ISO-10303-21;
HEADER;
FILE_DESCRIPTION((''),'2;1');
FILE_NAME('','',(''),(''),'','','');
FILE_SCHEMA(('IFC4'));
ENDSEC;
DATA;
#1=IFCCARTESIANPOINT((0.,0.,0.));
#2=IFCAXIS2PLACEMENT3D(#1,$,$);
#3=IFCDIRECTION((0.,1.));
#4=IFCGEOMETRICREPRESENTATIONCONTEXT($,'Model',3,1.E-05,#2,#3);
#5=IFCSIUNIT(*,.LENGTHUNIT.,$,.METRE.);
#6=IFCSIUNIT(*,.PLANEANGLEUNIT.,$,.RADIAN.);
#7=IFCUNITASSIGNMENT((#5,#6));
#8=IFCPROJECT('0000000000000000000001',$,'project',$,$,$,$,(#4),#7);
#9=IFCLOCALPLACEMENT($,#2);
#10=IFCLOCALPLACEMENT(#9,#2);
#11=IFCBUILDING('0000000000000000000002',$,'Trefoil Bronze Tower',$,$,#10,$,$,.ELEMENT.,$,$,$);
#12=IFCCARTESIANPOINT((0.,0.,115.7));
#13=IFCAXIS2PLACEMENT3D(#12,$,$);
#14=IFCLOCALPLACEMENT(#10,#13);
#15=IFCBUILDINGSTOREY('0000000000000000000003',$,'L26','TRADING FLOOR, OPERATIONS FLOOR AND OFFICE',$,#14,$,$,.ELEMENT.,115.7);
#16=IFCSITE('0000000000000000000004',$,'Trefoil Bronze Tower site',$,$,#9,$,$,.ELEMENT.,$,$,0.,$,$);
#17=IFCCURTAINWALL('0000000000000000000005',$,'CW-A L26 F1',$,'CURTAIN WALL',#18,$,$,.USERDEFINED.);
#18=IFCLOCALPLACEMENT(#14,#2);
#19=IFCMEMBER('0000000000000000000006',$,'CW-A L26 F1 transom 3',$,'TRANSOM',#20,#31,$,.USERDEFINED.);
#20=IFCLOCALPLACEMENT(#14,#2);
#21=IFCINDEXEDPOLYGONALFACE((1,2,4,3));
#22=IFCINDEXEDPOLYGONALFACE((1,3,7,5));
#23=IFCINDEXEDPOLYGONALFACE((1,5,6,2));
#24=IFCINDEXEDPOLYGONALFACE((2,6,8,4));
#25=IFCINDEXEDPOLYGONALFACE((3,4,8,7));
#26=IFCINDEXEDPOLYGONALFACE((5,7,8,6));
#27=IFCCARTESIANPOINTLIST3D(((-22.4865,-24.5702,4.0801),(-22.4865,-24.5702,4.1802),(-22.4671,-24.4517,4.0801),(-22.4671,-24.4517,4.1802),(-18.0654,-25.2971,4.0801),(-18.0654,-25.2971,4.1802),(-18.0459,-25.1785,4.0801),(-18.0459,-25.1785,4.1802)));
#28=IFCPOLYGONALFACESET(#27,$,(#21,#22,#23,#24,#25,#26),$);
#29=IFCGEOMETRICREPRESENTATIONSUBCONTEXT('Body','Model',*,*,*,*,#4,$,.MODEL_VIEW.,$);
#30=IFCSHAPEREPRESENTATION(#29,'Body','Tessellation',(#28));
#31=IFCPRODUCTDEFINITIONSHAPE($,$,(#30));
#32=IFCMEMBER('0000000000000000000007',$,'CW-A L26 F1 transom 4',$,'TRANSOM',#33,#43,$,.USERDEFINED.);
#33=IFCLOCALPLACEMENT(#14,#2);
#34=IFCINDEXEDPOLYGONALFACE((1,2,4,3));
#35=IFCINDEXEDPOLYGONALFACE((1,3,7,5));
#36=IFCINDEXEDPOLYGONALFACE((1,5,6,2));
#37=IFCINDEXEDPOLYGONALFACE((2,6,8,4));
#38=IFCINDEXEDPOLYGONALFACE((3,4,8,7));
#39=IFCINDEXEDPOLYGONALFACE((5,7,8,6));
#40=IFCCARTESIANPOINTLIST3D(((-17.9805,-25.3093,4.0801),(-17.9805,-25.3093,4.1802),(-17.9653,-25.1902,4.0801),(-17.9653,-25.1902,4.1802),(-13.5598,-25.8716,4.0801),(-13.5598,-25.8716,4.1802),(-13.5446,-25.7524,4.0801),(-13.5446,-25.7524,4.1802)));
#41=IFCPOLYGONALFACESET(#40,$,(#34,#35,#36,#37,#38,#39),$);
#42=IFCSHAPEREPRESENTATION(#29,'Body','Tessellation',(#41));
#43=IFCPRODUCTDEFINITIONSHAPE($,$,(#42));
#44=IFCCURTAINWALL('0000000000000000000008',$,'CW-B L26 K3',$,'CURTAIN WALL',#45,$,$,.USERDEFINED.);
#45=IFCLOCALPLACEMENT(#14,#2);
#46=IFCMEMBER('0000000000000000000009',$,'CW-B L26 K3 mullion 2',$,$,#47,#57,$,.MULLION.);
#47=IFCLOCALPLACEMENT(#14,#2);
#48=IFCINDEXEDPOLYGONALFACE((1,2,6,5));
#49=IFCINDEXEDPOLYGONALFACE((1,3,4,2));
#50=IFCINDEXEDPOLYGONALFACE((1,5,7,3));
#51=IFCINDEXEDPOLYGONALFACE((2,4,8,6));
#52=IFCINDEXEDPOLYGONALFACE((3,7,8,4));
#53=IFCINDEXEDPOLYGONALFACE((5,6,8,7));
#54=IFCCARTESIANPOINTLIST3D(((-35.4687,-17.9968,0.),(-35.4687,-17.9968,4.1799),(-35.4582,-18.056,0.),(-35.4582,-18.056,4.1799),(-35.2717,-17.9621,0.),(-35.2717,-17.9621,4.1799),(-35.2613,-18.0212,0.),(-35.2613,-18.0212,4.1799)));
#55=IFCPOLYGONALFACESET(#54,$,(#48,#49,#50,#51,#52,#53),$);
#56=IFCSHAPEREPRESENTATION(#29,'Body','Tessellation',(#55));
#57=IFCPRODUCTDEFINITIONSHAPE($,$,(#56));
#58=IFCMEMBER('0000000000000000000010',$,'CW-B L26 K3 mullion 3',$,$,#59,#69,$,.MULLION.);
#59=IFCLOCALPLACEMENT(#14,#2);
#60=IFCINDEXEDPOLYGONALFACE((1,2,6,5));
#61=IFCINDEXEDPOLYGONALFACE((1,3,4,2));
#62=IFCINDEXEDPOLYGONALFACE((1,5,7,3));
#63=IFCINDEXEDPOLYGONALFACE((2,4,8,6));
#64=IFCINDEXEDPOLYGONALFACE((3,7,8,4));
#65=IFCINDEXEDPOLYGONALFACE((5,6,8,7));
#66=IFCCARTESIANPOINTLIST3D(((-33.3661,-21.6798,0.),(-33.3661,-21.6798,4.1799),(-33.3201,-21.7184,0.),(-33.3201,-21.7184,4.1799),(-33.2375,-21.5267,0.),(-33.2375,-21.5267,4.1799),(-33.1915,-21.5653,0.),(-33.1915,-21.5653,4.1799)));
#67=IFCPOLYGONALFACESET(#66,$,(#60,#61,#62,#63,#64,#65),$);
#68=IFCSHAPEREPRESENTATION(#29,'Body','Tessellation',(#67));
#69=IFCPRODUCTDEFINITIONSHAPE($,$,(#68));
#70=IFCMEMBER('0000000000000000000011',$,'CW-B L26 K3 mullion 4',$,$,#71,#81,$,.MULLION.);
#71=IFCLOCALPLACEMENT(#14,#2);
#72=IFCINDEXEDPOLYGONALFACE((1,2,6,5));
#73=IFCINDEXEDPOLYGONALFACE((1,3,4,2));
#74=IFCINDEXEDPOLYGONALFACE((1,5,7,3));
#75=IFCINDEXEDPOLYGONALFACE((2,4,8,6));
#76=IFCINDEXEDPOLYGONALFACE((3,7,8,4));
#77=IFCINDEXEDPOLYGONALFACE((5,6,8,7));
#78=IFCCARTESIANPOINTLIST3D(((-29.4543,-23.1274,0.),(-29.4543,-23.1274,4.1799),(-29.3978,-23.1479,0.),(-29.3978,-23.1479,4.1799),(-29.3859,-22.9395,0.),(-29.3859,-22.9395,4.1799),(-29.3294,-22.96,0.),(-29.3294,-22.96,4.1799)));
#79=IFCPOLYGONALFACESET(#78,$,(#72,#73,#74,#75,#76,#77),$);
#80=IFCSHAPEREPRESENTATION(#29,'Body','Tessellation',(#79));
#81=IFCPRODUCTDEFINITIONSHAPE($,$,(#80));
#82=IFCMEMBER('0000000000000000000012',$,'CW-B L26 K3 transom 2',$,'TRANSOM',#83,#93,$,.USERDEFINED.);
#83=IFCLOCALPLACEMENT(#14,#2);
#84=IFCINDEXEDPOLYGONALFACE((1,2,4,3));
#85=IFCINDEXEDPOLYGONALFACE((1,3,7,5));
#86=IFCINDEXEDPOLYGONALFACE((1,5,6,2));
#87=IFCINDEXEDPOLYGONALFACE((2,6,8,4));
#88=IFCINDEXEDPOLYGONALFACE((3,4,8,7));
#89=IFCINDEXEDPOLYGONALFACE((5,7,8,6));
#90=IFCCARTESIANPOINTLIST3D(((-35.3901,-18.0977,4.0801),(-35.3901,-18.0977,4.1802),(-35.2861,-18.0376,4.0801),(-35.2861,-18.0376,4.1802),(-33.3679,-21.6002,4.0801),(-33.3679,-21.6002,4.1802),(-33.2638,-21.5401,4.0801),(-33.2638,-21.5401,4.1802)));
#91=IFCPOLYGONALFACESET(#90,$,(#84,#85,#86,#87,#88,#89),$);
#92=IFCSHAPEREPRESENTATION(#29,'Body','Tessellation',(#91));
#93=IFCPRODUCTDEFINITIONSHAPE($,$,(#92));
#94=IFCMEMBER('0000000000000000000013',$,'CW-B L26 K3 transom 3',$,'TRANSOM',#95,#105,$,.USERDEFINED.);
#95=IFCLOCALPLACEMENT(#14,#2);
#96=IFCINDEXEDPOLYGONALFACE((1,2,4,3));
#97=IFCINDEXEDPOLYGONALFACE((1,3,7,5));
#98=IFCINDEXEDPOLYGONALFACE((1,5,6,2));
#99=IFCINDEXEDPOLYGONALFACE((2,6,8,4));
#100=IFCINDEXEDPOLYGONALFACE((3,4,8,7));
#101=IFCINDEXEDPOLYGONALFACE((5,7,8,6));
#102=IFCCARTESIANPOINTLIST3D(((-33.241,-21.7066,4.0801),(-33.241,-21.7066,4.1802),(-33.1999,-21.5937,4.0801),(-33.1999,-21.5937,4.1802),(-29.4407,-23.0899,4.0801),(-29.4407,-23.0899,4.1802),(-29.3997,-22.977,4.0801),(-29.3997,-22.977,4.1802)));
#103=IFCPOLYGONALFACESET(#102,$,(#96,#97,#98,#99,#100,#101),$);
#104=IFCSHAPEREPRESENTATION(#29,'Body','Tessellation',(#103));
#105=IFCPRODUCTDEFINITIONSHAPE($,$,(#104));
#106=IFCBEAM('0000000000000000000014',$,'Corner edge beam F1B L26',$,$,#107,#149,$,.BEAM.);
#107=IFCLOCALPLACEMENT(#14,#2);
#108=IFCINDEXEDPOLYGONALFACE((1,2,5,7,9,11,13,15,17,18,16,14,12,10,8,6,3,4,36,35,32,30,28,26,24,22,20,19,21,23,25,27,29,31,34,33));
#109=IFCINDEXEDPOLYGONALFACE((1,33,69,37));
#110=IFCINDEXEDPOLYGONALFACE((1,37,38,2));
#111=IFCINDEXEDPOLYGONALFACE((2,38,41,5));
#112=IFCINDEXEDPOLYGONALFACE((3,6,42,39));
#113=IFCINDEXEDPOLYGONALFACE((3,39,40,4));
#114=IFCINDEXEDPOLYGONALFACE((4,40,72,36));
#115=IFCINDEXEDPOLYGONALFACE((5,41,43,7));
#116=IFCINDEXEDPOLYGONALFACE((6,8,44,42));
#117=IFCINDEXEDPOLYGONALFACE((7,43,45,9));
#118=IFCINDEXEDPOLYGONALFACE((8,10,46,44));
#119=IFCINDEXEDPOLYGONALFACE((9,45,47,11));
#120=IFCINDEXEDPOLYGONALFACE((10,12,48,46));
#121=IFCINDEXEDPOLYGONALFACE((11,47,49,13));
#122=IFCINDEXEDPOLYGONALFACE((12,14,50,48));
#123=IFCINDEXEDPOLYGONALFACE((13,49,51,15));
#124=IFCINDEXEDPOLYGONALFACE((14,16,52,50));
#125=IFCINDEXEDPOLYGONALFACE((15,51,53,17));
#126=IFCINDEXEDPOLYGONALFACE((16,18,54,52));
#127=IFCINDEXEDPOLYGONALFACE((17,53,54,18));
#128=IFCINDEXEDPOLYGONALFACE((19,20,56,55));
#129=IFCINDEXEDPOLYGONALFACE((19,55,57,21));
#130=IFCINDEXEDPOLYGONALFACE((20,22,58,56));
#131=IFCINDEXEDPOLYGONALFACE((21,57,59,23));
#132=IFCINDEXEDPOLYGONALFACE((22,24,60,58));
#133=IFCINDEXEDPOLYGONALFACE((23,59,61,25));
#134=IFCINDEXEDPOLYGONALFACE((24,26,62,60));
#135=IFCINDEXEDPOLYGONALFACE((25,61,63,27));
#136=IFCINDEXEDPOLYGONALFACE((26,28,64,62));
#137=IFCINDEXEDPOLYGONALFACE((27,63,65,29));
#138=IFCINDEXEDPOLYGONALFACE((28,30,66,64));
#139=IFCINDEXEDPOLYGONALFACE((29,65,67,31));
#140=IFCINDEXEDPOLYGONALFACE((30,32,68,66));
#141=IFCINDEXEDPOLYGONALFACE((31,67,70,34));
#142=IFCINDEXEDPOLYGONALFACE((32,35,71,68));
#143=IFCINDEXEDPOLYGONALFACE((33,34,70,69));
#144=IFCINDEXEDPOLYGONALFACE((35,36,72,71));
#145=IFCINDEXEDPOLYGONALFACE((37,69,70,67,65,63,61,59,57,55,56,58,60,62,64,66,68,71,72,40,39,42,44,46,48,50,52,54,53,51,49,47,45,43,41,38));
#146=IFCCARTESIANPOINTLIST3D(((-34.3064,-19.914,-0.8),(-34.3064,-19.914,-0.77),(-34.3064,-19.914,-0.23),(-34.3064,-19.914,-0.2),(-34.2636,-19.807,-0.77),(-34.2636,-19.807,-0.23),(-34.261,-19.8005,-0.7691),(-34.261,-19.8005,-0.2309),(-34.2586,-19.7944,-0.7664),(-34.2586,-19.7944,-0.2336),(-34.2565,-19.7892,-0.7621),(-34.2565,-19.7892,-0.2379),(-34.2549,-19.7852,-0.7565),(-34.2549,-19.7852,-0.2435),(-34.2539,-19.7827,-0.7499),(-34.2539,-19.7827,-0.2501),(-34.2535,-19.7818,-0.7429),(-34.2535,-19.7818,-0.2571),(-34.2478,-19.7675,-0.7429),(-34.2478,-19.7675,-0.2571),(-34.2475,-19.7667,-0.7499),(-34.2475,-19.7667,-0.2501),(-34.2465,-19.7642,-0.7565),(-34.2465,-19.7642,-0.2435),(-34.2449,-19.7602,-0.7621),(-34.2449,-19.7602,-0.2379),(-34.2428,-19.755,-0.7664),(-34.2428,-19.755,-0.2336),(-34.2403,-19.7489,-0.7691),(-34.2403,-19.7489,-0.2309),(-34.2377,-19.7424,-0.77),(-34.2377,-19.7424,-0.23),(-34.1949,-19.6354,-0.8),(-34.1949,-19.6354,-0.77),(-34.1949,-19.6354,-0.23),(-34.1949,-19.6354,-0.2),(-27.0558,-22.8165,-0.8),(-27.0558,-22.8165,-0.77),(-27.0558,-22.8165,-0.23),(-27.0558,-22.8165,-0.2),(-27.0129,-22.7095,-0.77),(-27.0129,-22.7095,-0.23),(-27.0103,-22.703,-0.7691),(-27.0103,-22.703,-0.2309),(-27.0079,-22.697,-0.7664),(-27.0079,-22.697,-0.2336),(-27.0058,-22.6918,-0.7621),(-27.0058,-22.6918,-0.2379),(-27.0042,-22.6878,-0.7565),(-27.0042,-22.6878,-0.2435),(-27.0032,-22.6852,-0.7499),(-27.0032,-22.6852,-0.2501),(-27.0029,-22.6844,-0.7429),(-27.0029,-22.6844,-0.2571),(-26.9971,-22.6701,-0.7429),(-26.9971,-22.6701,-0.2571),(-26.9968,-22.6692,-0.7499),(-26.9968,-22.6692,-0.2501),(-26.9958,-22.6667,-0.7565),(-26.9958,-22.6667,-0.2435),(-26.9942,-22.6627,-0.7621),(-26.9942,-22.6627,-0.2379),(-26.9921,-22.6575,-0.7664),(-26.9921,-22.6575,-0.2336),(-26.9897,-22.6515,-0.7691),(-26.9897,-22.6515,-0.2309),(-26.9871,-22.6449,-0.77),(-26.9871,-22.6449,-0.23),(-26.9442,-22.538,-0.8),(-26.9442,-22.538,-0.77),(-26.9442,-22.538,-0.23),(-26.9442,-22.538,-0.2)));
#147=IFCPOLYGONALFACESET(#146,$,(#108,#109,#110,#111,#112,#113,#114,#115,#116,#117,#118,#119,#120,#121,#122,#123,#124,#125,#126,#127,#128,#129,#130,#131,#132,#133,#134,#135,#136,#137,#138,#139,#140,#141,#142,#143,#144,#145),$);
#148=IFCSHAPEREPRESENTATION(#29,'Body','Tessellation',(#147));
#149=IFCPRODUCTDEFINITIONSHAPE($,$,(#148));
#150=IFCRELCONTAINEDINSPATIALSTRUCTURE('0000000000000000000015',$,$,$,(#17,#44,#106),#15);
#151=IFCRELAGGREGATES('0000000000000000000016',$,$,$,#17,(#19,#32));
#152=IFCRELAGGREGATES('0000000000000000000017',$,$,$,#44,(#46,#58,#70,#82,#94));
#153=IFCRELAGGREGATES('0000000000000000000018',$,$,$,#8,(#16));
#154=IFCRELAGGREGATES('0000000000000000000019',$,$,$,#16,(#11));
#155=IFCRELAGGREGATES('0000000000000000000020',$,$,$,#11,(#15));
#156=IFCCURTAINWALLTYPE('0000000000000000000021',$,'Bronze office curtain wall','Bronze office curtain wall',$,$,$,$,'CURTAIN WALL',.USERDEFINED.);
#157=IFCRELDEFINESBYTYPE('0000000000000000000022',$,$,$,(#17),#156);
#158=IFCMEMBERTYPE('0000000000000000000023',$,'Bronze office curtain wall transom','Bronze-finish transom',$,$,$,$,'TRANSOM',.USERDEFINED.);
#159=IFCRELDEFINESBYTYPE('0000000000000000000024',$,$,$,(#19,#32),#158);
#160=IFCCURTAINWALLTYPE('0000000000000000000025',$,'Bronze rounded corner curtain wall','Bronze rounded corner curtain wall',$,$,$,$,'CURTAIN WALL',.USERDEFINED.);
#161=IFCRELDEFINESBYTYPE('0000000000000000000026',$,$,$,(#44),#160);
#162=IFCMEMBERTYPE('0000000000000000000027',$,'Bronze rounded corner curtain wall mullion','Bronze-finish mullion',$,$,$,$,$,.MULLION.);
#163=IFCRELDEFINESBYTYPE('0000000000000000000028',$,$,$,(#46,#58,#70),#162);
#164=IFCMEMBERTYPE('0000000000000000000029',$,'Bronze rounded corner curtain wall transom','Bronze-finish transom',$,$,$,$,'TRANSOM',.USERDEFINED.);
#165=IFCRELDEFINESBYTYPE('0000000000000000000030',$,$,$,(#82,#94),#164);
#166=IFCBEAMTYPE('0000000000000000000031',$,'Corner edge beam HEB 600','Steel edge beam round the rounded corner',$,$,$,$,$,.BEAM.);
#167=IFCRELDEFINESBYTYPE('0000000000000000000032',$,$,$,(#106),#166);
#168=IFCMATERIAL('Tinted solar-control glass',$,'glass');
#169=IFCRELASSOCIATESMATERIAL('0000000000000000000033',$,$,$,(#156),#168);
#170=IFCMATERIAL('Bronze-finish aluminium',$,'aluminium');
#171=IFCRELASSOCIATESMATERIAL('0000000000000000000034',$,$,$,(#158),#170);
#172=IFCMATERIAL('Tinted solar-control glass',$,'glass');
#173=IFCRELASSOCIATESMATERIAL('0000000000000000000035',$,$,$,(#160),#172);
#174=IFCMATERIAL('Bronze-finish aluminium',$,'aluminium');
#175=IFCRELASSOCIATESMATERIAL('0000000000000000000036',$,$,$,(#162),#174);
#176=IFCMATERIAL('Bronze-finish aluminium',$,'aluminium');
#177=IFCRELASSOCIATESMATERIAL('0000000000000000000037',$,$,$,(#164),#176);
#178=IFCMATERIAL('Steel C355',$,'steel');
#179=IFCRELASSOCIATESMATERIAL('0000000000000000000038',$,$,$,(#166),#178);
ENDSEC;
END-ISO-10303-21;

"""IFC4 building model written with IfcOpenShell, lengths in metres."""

from ifc_helpers import new_model, si_unit, direction, frame, origin, origin_2d, place, context, subcontext, project, spatial, rectangle, i_section, extrude, material, material_profile, profile_set, type_object, element, aggregate, save


model = new_model("IFC4")

# Units and contexts
model_context = context("Model", 3, precision=1e-05, world=origin(), true_north=direction((0.0, 1.0)))
body_context = subcontext(model_context, "Body", "Model", "MODEL_VIEW")
ifc_project = project(units=[si_unit("LENGTHUNIT", "METRE"), si_unit("PLANEANGLEUNIT", "RADIAN")], contexts=[model_context])

# Site, building, storey
site_placement = place(None, origin())
site = spatial("IfcSite", under=ifc_project, at=site_placement, Name="Trefoil Bronze Tower site", CompositionType="ELEMENT", RefElevation=0.0)
building_placement = place(site_placement, origin())
building = spatial("IfcBuilding", under=site, at=building_placement, Name="Trefoil Bronze Tower", CompositionType="ELEMENT")
storey_placement = place(building_placement, frame((0.0, 0.0, 115.7)))
storey = spatial("IfcBuildingStorey", under=building, at=storey_placement, Name="L26", Description="TRADING FLOOR, OPERATIONS FLOOR AND OFFICE", CompositionType="ELEMENT", Elevation=115.7)

# Curtain walls, members
ifc_material_1 = material(Name="Tinted solar-control glass", Category="glass")
curtain_wall_type_1 = type_object("IfcCurtainWallType", Name="Bronze office curtain wall", Description="Bronze office curtain wall", ElementType="CURTAIN WALL", PredefinedType="USERDEFINED", material=ifc_material_1)
curtain_wall_1_placement = place(storey_placement, origin())
curtain_wall_1 = element("IfcCurtainWall", 1, at=curtain_wall_1_placement, inside=storey, type_object=curtain_wall_type_1, Name="CW-A L26 F1", ObjectType="CURTAIN WALL", PredefinedType="USERDEFINED")
ifc_material_2 = material(Name="Bronze-finish aluminium", Category="aluminium")
ifc_material_profile_1 = material_profile(ifc_material_2, rectangle(XDim=0.1201, YDim=0.1001, at=origin_2d()), Name="CW-A transom")
ifc_profile_set_1 = profile_set([ifc_material_profile_1], Name="Bronze-finish aluminium")
member_type_1 = type_object("IfcMemberType", Name="Bronze office curtain wall transom", Description="Bronze-finish transom", ElementType="TRANSOM", PredefinedType="USERDEFINED", material=ifc_profile_set_1)
member_1_placement = place(storey_placement, frame((-22.4768, -24.511, 4.1301), z_axis=(0.986755, -0.162216, 0.0), x_axis=(0.162216, 0.986755, 0.0)))
member_1 = element("IfcMember", 2, at=member_1_placement, type_object=member_type_1, Name="CW-A L26 F1 transom 3", ObjectType="TRANSOM", PredefinedType="USERDEFINED", context=body_context, shape_type="SweptSolid", body=[
    extrude(rectangle(XDim=0.1201, YDim=0.1001, at=origin_2d()), origin(), (0.0, 0.0, 1.0), 4.4805),
])
member_2_placement = place(storey_placement, frame((-17.9729, -25.2498, 4.1301), z_axis=(0.992008, -0.126172, 0.0), x_axis=(0.126172, 0.992008, 0.0)))
member_2 = element("IfcMember", 3, at=member_2_placement, type_object=member_type_1, Name="CW-A L26 F1 transom 4", ObjectType="TRANSOM", PredefinedType="USERDEFINED", context=body_context, shape_type="SweptSolid", body=[
    extrude(rectangle(XDim=0.1201, YDim=0.1001, at=origin_2d()), origin(), (0.0, 0.0, 1.0), 4.4563),
])
ifc_material_3 = material(Name="Tinted solar-control glass", Category="glass")
curtain_wall_type_2 = type_object("IfcCurtainWallType", Name="Bronze rounded corner curtain wall", Description="Bronze rounded corner curtain wall", ElementType="CURTAIN WALL", PredefinedType="USERDEFINED", material=ifc_material_3)
curtain_wall_2_placement = place(storey_placement, origin())
curtain_wall_2 = element("IfcCurtainWall", 4, at=curtain_wall_2_placement, inside=storey, type_object=curtain_wall_type_2, Name="CW-B L26 K3", ObjectType="CURTAIN WALL", PredefinedType="USERDEFINED")
ifc_material_4 = material(Name="Bronze-finish aluminium", Category="aluminium")
ifc_material_profile_2 = material_profile(ifc_material_4, rectangle(XDim=0.2, YDim=0.0601, at=origin_2d()), Name="CW-B mullion")
ifc_profile_set_2 = profile_set([ifc_material_profile_2], Name="Bronze-finish aluminium")
member_type_2 = type_object("IfcMemberType", Name="Bronze rounded corner curtain wall mullion", Description="Bronze-finish mullion", PredefinedType="MULLION", material=ifc_profile_set_2)
member_3_placement = place(storey_placement, frame((-35.365, -18.009, 0.0), z_axis=(0.0, 0.0, 1.0), x_axis=(0.984808, 0.173648, 0.0)))
member_3 = element("IfcMember", 5, at=member_3_placement, type_object=member_type_2, Name="CW-B L26 K3 mullion 2", PredefinedType="MULLION", context=body_context, shape_type="SweptSolid", body=[
    extrude(rectangle(XDim=0.2, YDim=0.0601, at=origin_2d()), origin(), (0.0, 0.0, 1.0), 4.1799),
])
member_4_placement = place(storey_placement, frame((-33.2788, -21.6226, 0.0), z_axis=(0.0, 0.0, 1.0), x_axis=(0.642788, 0.766044, 0.0)))
member_4 = element("IfcMember", 6, at=member_4_placement, type_object=member_type_2, Name="CW-B L26 K3 mullion 3", PredefinedType="MULLION", context=body_context, shape_type="SweptSolid", body=[
    extrude(rectangle(XDim=0.2, YDim=0.0601, at=origin_2d()), origin(), (0.0, 0.0, 1.0), 4.1799),
])
member_5_placement = place(storey_placement, frame((-29.3918, -23.0437, 0.0), z_axis=(0.0, 0.0, 1.0), x_axis=(0.34202, 0.939693, 0.0)))
member_5 = element("IfcMember", 7, at=member_5_placement, type_object=member_type_2, Name="CW-B L26 K3 mullion 4", PredefinedType="MULLION", context=body_context, shape_type="SweptSolid", body=[
    extrude(rectangle(XDim=0.2, YDim=0.0601, at=origin_2d()), origin(), (0.0, 0.0, 1.0), 4.1799),
])
ifc_material_5 = material(Name="Bronze-finish aluminium", Category="aluminium")
ifc_material_profile_3 = material_profile(ifc_material_5, rectangle(XDim=0.1201, YDim=0.1001, at=origin_2d()), Name="CW-B transom")
ifc_profile_set_3 = profile_set([ifc_material_profile_3], Name="Bronze-finish aluminium")
member_type_3 = type_object("IfcMemberType", Name="Bronze rounded corner curtain wall transom", Description="Bronze-finish transom", ElementType="TRANSOM", PredefinedType="USERDEFINED", material=ifc_profile_set_3)
member_6_placement = place(storey_placement, frame((-35.3381, -18.0676, 4.1301), z_axis=(0.500015, -0.866017, 0.0), x_axis=(0.866017, 0.500015, 0.0)))
member_6 = element("IfcMember", 8, at=member_6_placement, type_object=member_type_3, Name="CW-B L26 K3 transom 2", ObjectType="TRANSOM", PredefinedType="USERDEFINED", context=body_context, shape_type="SweptSolid", body=[
    extrude(rectangle(XDim=0.1201, YDim=0.1001, at=origin_2d()), origin(), (0.0, 0.0, 1.0), 4.0444),
])
member_7_placement = place(storey_placement, frame((-33.2205, -21.6501, 4.1301), z_axis=(0.939684, -0.342044, 0.0), x_axis=(0.342044, 0.939684, 0.0)))
member_7 = element("IfcMember", 9, at=member_7_placement, type_object=member_type_3, Name="CW-B L26 K3 transom 3", ObjectType="TRANSOM", PredefinedType="USERDEFINED", context=body_context, shape_type="SweptSolid", body=[
    extrude(rectangle(XDim=0.1201, YDim=0.1001, at=origin_2d()), origin(), (0.0, 0.0, 1.0), 4.0442),
])

# Beam
ifc_material_6 = material(Name="Steel C355", Category="steel")
ifc_material_profile_4 = material_profile(ifc_material_6, i_section(OverallWidth=0.3, OverallDepth=0.6001, WebThickness=0.0154, FlangeThickness=0.03, FilletRadius=0.0271, at=origin_2d()), Name="HEB 600")
ifc_profile_set_4 = profile_set([ifc_material_profile_4], Name="Steel C355")
beam_type_1 = type_object("IfcBeamType", Name="Corner edge beam HEB 600", Description="Steel edge beam round the rounded corner", PredefinedType="BEAM", material=ifc_profile_set_4)
beam_1_placement = place(storey_placement, frame((-27.0, -22.6772, -0.5), z_axis=(-0.928375, 0.371644, 0.0), x_axis=(-0.371644, -0.928375, 0.0)))
element("IfcBeam", 10, at=beam_1_placement, inside=storey, type_object=beam_type_1, Name="Corner edge beam F1B L26", PredefinedType="BEAM", context=body_context, shape_type="SweptSolid", body=[
    extrude(i_section(OverallWidth=0.3, OverallDepth=0.6001, WebThickness=0.0154, FlangeThickness=0.03, FilletRadius=0.0271, at=origin_2d()), origin(), (0.0, 0.0, 1.0), 7.8101),
])

aggregate(curtain_wall_1, [member_1, member_2])
aggregate(curtain_wall_2, [member_3, member_4, member_5, member_6, member_7])

save(model, "model.ifc")
